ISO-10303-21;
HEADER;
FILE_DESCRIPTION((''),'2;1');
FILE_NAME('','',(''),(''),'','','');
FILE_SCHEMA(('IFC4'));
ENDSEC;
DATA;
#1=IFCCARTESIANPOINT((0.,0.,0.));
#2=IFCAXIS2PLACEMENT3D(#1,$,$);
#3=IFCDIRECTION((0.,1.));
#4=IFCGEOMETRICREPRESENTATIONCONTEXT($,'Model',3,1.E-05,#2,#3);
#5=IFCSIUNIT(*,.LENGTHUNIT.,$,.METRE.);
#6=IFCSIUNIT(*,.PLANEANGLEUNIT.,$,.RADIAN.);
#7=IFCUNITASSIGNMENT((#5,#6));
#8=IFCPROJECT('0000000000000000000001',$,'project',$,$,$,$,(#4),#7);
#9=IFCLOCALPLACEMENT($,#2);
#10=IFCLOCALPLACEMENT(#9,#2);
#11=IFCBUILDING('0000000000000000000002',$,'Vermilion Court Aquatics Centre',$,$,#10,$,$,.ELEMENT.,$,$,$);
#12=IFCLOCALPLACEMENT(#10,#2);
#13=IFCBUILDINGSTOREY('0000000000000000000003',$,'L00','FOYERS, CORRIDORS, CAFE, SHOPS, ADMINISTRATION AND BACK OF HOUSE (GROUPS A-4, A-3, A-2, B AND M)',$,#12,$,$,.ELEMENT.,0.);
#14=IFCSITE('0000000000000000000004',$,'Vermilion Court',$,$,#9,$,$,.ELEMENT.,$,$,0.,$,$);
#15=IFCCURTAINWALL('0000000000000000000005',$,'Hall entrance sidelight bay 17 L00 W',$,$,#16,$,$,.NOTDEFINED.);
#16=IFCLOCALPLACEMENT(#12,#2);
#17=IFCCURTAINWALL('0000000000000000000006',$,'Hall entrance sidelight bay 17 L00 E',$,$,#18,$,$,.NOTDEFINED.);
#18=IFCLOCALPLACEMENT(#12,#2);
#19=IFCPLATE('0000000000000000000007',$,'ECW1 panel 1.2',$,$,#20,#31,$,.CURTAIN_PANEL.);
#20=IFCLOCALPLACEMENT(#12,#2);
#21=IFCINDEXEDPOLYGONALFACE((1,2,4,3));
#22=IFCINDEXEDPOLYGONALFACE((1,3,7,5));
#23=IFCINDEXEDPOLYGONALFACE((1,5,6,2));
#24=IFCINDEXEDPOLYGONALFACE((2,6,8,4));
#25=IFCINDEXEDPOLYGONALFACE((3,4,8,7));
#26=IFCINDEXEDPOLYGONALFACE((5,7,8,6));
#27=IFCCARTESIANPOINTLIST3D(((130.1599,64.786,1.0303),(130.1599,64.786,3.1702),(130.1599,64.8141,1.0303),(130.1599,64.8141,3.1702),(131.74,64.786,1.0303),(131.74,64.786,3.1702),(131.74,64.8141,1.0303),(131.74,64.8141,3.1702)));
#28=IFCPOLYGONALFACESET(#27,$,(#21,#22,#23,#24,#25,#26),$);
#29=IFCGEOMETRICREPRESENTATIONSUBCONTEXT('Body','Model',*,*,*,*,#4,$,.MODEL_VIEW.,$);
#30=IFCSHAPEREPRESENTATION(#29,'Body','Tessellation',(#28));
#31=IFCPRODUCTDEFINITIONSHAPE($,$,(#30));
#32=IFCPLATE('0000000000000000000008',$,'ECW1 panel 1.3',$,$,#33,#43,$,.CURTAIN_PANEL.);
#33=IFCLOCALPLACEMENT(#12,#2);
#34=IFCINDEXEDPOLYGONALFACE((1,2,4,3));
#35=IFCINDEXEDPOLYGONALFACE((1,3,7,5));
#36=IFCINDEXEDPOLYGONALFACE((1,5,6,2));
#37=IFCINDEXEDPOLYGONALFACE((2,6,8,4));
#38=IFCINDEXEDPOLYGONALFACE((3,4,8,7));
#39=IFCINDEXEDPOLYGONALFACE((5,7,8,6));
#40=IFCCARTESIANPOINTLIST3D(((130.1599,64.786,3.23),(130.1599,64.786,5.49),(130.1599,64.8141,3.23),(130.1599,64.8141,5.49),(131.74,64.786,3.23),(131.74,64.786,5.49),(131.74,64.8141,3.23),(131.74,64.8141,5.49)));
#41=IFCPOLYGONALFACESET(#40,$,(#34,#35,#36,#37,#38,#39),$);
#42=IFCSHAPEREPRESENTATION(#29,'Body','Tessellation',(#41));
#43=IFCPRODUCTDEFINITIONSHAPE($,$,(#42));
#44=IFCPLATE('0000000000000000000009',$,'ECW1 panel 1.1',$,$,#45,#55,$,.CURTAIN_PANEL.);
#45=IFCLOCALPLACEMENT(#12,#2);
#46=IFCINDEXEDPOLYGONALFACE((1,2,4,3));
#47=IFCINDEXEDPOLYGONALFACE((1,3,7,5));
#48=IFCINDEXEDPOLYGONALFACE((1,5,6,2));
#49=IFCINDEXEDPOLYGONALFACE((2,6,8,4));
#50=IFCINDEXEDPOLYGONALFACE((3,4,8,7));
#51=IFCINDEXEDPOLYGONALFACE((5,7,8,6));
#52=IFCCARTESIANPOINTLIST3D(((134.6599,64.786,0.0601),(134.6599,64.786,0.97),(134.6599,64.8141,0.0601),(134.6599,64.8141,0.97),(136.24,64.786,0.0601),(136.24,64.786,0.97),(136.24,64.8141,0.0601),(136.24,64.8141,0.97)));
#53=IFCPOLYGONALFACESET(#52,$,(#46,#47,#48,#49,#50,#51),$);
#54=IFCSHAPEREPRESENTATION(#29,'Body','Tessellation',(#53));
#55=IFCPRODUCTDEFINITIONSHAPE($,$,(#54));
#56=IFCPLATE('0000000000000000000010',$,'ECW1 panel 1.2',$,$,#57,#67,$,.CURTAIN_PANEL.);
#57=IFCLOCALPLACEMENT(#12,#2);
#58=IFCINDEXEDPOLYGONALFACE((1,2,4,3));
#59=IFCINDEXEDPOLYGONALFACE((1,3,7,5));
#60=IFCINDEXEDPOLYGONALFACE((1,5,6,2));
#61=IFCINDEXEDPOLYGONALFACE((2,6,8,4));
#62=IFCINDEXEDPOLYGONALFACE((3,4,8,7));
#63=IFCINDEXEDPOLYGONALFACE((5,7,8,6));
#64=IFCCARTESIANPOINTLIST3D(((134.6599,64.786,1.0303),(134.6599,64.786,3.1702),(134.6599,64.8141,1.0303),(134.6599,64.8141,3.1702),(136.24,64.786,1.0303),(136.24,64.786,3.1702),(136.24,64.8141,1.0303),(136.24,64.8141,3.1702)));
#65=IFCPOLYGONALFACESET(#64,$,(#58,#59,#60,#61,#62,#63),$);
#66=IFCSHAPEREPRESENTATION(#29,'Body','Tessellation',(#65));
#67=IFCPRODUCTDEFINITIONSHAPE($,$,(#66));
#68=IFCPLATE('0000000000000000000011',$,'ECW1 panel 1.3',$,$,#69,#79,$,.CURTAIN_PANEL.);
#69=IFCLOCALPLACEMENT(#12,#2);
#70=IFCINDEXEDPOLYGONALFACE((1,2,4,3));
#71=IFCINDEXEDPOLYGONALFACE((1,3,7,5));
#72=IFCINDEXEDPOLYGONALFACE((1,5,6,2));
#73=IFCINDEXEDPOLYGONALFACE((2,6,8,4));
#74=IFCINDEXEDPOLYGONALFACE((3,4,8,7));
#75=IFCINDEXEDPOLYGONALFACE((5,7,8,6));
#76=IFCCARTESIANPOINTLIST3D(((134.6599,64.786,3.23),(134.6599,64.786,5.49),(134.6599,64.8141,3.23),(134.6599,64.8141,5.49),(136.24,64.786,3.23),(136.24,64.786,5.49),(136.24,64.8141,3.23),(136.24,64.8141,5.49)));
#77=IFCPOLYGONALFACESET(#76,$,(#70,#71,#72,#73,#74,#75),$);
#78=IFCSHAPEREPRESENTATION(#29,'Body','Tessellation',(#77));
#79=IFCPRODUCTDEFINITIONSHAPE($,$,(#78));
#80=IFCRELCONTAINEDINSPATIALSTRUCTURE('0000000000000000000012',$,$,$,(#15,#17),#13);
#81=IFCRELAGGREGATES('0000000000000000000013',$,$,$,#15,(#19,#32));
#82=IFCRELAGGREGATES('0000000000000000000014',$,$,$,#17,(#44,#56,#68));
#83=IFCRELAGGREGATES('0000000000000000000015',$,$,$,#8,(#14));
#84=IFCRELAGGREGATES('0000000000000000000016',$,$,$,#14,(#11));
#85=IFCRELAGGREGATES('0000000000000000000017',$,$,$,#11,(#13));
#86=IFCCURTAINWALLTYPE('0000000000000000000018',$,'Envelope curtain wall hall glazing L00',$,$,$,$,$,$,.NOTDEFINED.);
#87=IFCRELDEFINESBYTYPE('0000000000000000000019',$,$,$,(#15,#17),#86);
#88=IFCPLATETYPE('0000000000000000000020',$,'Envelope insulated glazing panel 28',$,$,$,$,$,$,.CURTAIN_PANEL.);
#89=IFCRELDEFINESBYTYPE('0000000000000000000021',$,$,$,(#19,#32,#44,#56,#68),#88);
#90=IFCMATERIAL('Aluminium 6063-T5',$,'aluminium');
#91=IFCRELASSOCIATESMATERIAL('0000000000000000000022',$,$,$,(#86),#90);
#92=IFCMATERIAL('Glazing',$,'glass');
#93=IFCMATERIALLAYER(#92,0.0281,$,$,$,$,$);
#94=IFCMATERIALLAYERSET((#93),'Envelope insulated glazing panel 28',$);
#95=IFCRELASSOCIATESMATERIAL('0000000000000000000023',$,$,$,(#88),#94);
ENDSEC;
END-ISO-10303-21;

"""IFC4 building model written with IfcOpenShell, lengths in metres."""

from ifc_helpers import new_model, si_unit, direction, frame, origin, origin_2d, place, context, subcontext, project, spatial, rectangle, extrude, material, layer, layer_set, type_object, element, aggregate, save


model = new_model("IFC4")

# Units and contexts
model_context = context("Model", 3, precision=1e-05, world=origin(), true_north=direction((0.0, 1.0)))
body_context = subcontext(model_context, "Body", "Model", "MODEL_VIEW")
ifc_project = project(units=[si_unit("LENGTHUNIT", "METRE"), si_unit("PLANEANGLEUNIT", "RADIAN")], contexts=[model_context])

# Site, building, storey
site_placement = place(None, origin())
site = spatial("IfcSite", under=ifc_project, at=site_placement, Name="Vermilion Court", CompositionType="ELEMENT", RefElevation=0.0)
building_placement = place(site_placement, origin())
building = spatial("IfcBuilding", under=site, at=building_placement, Name="Vermilion Court Aquatics Centre", CompositionType="ELEMENT")
storey_placement = place(building_placement, origin())
storey = spatial("IfcBuildingStorey", under=building, at=storey_placement, Name="L00", Description="FOYERS, CORRIDORS, CAFE, SHOPS, ADMINISTRATION AND BACK OF HOUSE (GROUPS A-4, A-3, A-2, B AND M)", CompositionType="ELEMENT", Elevation=0.0)

# Curtain wall
ifc_material_1 = material(Name="Aluminium 6063-T5", Category="aluminium")
curtain_wall_type = type_object("IfcCurtainWallType", Name="Envelope curtain wall hall glazing L00", PredefinedType="NOTDEFINED", material=ifc_material_1)
curtain_wall_1_placement = place(storey_placement, origin())
curtain_wall_1 = element("IfcCurtainWall", 1, at=curtain_wall_1_placement, inside=storey, type_object=curtain_wall_type, Name="Hall entrance sidelight bay 17 L00 W", PredefinedType="NOTDEFINED")

# Curtain wall
curtain_wall_2_placement = place(storey_placement, origin())
curtain_wall_2 = element("IfcCurtainWall", 2, at=curtain_wall_2_placement, inside=storey, type_object=curtain_wall_type, Name="Hall entrance sidelight bay 17 L00 E", PredefinedType="NOTDEFINED")

# Plates
ifc_material_2 = material(Name="Glazing", Category="glass")
ifc_layer_1 = layer(ifc_material_2, 0.0281)
ifc_layer_set_1 = layer_set([ifc_layer_1], Name="Envelope insulated glazing panel 28")
plate_type = type_object("IfcPlateType", Name="Envelope insulated glazing panel 28", PredefinedType="CURTAIN_PANEL", material=ifc_layer_set_1)
plate_1_placement = place(storey_placement, frame((130.95, 64.8, 1.0303), z_axis=(0.0, 0.0, 1.0), x_axis=(1.0, 0.0, 0.0)))
plate_1 = element("IfcPlate", 3, at=plate_1_placement, type_object=plate_type, Name="ECW1 panel 1.2", PredefinedType="CURTAIN_PANEL", context=body_context, shape_type="SweptSolid", body=[
    extrude(rectangle(XDim=1.5801, YDim=0.0281, at=origin_2d()), origin(), (0.0, 0.0, 1.0), 2.1399),
])
plate_2_placement = place(storey_placement, frame((130.95, 64.8, 3.23), z_axis=(0.0, 0.0, 1.0), x_axis=(1.0, 0.0, 0.0)))
plate_2 = element("IfcPlate", 4, at=plate_2_placement, type_object=plate_type, Name="ECW1 panel 1.3", PredefinedType="CURTAIN_PANEL", context=body_context, shape_type="SweptSolid", body=[
    extrude(rectangle(XDim=1.5801, YDim=0.0281, at=origin_2d()), origin(), (0.0, 0.0, 1.0), 2.26),
])
aggregate(curtain_wall_1, [plate_1, plate_2])
plate_3_placement = place(storey_placement, frame((135.45, 64.8, 0.0601), z_axis=(0.0, 0.0, 1.0), x_axis=(1.0, 0.0, 0.0)))
plate_3 = element("IfcPlate", 5, at=plate_3_placement, type_object=plate_type, Name="ECW1 panel 1.1", PredefinedType="CURTAIN_PANEL", context=body_context, shape_type="SweptSolid", body=[
    extrude(rectangle(XDim=1.5801, YDim=0.0281, at=origin_2d()), origin(), (0.0, 0.0, 1.0), 0.9099),
])
plate_4_placement = place(storey_placement, frame((135.45, 64.8, 1.0303), z_axis=(0.0, 0.0, 1.0), x_axis=(1.0, 0.0, 0.0)))
plate_4 = element("IfcPlate", 6, at=plate_4_placement, type_object=plate_type, Name="ECW1 panel 1.2", PredefinedType="CURTAIN_PANEL", context=body_context, shape_type="SweptSolid", body=[
    extrude(rectangle(XDim=1.5801, YDim=0.0281, at=origin_2d()), origin(), (0.0, 0.0, 1.0), 2.1399),
])
plate_5_placement = place(storey_placement, frame((135.45, 64.8, 3.23), z_axis=(0.0, 0.0, 1.0), x_axis=(1.0, 0.0, 0.0)))
plate_5 = element("IfcPlate", 7, at=plate_5_placement, type_object=plate_type, Name="ECW1 panel 1.3", PredefinedType="CURTAIN_PANEL", context=body_context, shape_type="SweptSolid", body=[
    extrude(rectangle(XDim=1.5801, YDim=0.0281, at=origin_2d()), origin(), (0.0, 0.0, 1.0), 2.26),
])
aggregate(curtain_wall_2, [plate_3, plate_4, plate_5])

save(model, "model.ifc")
